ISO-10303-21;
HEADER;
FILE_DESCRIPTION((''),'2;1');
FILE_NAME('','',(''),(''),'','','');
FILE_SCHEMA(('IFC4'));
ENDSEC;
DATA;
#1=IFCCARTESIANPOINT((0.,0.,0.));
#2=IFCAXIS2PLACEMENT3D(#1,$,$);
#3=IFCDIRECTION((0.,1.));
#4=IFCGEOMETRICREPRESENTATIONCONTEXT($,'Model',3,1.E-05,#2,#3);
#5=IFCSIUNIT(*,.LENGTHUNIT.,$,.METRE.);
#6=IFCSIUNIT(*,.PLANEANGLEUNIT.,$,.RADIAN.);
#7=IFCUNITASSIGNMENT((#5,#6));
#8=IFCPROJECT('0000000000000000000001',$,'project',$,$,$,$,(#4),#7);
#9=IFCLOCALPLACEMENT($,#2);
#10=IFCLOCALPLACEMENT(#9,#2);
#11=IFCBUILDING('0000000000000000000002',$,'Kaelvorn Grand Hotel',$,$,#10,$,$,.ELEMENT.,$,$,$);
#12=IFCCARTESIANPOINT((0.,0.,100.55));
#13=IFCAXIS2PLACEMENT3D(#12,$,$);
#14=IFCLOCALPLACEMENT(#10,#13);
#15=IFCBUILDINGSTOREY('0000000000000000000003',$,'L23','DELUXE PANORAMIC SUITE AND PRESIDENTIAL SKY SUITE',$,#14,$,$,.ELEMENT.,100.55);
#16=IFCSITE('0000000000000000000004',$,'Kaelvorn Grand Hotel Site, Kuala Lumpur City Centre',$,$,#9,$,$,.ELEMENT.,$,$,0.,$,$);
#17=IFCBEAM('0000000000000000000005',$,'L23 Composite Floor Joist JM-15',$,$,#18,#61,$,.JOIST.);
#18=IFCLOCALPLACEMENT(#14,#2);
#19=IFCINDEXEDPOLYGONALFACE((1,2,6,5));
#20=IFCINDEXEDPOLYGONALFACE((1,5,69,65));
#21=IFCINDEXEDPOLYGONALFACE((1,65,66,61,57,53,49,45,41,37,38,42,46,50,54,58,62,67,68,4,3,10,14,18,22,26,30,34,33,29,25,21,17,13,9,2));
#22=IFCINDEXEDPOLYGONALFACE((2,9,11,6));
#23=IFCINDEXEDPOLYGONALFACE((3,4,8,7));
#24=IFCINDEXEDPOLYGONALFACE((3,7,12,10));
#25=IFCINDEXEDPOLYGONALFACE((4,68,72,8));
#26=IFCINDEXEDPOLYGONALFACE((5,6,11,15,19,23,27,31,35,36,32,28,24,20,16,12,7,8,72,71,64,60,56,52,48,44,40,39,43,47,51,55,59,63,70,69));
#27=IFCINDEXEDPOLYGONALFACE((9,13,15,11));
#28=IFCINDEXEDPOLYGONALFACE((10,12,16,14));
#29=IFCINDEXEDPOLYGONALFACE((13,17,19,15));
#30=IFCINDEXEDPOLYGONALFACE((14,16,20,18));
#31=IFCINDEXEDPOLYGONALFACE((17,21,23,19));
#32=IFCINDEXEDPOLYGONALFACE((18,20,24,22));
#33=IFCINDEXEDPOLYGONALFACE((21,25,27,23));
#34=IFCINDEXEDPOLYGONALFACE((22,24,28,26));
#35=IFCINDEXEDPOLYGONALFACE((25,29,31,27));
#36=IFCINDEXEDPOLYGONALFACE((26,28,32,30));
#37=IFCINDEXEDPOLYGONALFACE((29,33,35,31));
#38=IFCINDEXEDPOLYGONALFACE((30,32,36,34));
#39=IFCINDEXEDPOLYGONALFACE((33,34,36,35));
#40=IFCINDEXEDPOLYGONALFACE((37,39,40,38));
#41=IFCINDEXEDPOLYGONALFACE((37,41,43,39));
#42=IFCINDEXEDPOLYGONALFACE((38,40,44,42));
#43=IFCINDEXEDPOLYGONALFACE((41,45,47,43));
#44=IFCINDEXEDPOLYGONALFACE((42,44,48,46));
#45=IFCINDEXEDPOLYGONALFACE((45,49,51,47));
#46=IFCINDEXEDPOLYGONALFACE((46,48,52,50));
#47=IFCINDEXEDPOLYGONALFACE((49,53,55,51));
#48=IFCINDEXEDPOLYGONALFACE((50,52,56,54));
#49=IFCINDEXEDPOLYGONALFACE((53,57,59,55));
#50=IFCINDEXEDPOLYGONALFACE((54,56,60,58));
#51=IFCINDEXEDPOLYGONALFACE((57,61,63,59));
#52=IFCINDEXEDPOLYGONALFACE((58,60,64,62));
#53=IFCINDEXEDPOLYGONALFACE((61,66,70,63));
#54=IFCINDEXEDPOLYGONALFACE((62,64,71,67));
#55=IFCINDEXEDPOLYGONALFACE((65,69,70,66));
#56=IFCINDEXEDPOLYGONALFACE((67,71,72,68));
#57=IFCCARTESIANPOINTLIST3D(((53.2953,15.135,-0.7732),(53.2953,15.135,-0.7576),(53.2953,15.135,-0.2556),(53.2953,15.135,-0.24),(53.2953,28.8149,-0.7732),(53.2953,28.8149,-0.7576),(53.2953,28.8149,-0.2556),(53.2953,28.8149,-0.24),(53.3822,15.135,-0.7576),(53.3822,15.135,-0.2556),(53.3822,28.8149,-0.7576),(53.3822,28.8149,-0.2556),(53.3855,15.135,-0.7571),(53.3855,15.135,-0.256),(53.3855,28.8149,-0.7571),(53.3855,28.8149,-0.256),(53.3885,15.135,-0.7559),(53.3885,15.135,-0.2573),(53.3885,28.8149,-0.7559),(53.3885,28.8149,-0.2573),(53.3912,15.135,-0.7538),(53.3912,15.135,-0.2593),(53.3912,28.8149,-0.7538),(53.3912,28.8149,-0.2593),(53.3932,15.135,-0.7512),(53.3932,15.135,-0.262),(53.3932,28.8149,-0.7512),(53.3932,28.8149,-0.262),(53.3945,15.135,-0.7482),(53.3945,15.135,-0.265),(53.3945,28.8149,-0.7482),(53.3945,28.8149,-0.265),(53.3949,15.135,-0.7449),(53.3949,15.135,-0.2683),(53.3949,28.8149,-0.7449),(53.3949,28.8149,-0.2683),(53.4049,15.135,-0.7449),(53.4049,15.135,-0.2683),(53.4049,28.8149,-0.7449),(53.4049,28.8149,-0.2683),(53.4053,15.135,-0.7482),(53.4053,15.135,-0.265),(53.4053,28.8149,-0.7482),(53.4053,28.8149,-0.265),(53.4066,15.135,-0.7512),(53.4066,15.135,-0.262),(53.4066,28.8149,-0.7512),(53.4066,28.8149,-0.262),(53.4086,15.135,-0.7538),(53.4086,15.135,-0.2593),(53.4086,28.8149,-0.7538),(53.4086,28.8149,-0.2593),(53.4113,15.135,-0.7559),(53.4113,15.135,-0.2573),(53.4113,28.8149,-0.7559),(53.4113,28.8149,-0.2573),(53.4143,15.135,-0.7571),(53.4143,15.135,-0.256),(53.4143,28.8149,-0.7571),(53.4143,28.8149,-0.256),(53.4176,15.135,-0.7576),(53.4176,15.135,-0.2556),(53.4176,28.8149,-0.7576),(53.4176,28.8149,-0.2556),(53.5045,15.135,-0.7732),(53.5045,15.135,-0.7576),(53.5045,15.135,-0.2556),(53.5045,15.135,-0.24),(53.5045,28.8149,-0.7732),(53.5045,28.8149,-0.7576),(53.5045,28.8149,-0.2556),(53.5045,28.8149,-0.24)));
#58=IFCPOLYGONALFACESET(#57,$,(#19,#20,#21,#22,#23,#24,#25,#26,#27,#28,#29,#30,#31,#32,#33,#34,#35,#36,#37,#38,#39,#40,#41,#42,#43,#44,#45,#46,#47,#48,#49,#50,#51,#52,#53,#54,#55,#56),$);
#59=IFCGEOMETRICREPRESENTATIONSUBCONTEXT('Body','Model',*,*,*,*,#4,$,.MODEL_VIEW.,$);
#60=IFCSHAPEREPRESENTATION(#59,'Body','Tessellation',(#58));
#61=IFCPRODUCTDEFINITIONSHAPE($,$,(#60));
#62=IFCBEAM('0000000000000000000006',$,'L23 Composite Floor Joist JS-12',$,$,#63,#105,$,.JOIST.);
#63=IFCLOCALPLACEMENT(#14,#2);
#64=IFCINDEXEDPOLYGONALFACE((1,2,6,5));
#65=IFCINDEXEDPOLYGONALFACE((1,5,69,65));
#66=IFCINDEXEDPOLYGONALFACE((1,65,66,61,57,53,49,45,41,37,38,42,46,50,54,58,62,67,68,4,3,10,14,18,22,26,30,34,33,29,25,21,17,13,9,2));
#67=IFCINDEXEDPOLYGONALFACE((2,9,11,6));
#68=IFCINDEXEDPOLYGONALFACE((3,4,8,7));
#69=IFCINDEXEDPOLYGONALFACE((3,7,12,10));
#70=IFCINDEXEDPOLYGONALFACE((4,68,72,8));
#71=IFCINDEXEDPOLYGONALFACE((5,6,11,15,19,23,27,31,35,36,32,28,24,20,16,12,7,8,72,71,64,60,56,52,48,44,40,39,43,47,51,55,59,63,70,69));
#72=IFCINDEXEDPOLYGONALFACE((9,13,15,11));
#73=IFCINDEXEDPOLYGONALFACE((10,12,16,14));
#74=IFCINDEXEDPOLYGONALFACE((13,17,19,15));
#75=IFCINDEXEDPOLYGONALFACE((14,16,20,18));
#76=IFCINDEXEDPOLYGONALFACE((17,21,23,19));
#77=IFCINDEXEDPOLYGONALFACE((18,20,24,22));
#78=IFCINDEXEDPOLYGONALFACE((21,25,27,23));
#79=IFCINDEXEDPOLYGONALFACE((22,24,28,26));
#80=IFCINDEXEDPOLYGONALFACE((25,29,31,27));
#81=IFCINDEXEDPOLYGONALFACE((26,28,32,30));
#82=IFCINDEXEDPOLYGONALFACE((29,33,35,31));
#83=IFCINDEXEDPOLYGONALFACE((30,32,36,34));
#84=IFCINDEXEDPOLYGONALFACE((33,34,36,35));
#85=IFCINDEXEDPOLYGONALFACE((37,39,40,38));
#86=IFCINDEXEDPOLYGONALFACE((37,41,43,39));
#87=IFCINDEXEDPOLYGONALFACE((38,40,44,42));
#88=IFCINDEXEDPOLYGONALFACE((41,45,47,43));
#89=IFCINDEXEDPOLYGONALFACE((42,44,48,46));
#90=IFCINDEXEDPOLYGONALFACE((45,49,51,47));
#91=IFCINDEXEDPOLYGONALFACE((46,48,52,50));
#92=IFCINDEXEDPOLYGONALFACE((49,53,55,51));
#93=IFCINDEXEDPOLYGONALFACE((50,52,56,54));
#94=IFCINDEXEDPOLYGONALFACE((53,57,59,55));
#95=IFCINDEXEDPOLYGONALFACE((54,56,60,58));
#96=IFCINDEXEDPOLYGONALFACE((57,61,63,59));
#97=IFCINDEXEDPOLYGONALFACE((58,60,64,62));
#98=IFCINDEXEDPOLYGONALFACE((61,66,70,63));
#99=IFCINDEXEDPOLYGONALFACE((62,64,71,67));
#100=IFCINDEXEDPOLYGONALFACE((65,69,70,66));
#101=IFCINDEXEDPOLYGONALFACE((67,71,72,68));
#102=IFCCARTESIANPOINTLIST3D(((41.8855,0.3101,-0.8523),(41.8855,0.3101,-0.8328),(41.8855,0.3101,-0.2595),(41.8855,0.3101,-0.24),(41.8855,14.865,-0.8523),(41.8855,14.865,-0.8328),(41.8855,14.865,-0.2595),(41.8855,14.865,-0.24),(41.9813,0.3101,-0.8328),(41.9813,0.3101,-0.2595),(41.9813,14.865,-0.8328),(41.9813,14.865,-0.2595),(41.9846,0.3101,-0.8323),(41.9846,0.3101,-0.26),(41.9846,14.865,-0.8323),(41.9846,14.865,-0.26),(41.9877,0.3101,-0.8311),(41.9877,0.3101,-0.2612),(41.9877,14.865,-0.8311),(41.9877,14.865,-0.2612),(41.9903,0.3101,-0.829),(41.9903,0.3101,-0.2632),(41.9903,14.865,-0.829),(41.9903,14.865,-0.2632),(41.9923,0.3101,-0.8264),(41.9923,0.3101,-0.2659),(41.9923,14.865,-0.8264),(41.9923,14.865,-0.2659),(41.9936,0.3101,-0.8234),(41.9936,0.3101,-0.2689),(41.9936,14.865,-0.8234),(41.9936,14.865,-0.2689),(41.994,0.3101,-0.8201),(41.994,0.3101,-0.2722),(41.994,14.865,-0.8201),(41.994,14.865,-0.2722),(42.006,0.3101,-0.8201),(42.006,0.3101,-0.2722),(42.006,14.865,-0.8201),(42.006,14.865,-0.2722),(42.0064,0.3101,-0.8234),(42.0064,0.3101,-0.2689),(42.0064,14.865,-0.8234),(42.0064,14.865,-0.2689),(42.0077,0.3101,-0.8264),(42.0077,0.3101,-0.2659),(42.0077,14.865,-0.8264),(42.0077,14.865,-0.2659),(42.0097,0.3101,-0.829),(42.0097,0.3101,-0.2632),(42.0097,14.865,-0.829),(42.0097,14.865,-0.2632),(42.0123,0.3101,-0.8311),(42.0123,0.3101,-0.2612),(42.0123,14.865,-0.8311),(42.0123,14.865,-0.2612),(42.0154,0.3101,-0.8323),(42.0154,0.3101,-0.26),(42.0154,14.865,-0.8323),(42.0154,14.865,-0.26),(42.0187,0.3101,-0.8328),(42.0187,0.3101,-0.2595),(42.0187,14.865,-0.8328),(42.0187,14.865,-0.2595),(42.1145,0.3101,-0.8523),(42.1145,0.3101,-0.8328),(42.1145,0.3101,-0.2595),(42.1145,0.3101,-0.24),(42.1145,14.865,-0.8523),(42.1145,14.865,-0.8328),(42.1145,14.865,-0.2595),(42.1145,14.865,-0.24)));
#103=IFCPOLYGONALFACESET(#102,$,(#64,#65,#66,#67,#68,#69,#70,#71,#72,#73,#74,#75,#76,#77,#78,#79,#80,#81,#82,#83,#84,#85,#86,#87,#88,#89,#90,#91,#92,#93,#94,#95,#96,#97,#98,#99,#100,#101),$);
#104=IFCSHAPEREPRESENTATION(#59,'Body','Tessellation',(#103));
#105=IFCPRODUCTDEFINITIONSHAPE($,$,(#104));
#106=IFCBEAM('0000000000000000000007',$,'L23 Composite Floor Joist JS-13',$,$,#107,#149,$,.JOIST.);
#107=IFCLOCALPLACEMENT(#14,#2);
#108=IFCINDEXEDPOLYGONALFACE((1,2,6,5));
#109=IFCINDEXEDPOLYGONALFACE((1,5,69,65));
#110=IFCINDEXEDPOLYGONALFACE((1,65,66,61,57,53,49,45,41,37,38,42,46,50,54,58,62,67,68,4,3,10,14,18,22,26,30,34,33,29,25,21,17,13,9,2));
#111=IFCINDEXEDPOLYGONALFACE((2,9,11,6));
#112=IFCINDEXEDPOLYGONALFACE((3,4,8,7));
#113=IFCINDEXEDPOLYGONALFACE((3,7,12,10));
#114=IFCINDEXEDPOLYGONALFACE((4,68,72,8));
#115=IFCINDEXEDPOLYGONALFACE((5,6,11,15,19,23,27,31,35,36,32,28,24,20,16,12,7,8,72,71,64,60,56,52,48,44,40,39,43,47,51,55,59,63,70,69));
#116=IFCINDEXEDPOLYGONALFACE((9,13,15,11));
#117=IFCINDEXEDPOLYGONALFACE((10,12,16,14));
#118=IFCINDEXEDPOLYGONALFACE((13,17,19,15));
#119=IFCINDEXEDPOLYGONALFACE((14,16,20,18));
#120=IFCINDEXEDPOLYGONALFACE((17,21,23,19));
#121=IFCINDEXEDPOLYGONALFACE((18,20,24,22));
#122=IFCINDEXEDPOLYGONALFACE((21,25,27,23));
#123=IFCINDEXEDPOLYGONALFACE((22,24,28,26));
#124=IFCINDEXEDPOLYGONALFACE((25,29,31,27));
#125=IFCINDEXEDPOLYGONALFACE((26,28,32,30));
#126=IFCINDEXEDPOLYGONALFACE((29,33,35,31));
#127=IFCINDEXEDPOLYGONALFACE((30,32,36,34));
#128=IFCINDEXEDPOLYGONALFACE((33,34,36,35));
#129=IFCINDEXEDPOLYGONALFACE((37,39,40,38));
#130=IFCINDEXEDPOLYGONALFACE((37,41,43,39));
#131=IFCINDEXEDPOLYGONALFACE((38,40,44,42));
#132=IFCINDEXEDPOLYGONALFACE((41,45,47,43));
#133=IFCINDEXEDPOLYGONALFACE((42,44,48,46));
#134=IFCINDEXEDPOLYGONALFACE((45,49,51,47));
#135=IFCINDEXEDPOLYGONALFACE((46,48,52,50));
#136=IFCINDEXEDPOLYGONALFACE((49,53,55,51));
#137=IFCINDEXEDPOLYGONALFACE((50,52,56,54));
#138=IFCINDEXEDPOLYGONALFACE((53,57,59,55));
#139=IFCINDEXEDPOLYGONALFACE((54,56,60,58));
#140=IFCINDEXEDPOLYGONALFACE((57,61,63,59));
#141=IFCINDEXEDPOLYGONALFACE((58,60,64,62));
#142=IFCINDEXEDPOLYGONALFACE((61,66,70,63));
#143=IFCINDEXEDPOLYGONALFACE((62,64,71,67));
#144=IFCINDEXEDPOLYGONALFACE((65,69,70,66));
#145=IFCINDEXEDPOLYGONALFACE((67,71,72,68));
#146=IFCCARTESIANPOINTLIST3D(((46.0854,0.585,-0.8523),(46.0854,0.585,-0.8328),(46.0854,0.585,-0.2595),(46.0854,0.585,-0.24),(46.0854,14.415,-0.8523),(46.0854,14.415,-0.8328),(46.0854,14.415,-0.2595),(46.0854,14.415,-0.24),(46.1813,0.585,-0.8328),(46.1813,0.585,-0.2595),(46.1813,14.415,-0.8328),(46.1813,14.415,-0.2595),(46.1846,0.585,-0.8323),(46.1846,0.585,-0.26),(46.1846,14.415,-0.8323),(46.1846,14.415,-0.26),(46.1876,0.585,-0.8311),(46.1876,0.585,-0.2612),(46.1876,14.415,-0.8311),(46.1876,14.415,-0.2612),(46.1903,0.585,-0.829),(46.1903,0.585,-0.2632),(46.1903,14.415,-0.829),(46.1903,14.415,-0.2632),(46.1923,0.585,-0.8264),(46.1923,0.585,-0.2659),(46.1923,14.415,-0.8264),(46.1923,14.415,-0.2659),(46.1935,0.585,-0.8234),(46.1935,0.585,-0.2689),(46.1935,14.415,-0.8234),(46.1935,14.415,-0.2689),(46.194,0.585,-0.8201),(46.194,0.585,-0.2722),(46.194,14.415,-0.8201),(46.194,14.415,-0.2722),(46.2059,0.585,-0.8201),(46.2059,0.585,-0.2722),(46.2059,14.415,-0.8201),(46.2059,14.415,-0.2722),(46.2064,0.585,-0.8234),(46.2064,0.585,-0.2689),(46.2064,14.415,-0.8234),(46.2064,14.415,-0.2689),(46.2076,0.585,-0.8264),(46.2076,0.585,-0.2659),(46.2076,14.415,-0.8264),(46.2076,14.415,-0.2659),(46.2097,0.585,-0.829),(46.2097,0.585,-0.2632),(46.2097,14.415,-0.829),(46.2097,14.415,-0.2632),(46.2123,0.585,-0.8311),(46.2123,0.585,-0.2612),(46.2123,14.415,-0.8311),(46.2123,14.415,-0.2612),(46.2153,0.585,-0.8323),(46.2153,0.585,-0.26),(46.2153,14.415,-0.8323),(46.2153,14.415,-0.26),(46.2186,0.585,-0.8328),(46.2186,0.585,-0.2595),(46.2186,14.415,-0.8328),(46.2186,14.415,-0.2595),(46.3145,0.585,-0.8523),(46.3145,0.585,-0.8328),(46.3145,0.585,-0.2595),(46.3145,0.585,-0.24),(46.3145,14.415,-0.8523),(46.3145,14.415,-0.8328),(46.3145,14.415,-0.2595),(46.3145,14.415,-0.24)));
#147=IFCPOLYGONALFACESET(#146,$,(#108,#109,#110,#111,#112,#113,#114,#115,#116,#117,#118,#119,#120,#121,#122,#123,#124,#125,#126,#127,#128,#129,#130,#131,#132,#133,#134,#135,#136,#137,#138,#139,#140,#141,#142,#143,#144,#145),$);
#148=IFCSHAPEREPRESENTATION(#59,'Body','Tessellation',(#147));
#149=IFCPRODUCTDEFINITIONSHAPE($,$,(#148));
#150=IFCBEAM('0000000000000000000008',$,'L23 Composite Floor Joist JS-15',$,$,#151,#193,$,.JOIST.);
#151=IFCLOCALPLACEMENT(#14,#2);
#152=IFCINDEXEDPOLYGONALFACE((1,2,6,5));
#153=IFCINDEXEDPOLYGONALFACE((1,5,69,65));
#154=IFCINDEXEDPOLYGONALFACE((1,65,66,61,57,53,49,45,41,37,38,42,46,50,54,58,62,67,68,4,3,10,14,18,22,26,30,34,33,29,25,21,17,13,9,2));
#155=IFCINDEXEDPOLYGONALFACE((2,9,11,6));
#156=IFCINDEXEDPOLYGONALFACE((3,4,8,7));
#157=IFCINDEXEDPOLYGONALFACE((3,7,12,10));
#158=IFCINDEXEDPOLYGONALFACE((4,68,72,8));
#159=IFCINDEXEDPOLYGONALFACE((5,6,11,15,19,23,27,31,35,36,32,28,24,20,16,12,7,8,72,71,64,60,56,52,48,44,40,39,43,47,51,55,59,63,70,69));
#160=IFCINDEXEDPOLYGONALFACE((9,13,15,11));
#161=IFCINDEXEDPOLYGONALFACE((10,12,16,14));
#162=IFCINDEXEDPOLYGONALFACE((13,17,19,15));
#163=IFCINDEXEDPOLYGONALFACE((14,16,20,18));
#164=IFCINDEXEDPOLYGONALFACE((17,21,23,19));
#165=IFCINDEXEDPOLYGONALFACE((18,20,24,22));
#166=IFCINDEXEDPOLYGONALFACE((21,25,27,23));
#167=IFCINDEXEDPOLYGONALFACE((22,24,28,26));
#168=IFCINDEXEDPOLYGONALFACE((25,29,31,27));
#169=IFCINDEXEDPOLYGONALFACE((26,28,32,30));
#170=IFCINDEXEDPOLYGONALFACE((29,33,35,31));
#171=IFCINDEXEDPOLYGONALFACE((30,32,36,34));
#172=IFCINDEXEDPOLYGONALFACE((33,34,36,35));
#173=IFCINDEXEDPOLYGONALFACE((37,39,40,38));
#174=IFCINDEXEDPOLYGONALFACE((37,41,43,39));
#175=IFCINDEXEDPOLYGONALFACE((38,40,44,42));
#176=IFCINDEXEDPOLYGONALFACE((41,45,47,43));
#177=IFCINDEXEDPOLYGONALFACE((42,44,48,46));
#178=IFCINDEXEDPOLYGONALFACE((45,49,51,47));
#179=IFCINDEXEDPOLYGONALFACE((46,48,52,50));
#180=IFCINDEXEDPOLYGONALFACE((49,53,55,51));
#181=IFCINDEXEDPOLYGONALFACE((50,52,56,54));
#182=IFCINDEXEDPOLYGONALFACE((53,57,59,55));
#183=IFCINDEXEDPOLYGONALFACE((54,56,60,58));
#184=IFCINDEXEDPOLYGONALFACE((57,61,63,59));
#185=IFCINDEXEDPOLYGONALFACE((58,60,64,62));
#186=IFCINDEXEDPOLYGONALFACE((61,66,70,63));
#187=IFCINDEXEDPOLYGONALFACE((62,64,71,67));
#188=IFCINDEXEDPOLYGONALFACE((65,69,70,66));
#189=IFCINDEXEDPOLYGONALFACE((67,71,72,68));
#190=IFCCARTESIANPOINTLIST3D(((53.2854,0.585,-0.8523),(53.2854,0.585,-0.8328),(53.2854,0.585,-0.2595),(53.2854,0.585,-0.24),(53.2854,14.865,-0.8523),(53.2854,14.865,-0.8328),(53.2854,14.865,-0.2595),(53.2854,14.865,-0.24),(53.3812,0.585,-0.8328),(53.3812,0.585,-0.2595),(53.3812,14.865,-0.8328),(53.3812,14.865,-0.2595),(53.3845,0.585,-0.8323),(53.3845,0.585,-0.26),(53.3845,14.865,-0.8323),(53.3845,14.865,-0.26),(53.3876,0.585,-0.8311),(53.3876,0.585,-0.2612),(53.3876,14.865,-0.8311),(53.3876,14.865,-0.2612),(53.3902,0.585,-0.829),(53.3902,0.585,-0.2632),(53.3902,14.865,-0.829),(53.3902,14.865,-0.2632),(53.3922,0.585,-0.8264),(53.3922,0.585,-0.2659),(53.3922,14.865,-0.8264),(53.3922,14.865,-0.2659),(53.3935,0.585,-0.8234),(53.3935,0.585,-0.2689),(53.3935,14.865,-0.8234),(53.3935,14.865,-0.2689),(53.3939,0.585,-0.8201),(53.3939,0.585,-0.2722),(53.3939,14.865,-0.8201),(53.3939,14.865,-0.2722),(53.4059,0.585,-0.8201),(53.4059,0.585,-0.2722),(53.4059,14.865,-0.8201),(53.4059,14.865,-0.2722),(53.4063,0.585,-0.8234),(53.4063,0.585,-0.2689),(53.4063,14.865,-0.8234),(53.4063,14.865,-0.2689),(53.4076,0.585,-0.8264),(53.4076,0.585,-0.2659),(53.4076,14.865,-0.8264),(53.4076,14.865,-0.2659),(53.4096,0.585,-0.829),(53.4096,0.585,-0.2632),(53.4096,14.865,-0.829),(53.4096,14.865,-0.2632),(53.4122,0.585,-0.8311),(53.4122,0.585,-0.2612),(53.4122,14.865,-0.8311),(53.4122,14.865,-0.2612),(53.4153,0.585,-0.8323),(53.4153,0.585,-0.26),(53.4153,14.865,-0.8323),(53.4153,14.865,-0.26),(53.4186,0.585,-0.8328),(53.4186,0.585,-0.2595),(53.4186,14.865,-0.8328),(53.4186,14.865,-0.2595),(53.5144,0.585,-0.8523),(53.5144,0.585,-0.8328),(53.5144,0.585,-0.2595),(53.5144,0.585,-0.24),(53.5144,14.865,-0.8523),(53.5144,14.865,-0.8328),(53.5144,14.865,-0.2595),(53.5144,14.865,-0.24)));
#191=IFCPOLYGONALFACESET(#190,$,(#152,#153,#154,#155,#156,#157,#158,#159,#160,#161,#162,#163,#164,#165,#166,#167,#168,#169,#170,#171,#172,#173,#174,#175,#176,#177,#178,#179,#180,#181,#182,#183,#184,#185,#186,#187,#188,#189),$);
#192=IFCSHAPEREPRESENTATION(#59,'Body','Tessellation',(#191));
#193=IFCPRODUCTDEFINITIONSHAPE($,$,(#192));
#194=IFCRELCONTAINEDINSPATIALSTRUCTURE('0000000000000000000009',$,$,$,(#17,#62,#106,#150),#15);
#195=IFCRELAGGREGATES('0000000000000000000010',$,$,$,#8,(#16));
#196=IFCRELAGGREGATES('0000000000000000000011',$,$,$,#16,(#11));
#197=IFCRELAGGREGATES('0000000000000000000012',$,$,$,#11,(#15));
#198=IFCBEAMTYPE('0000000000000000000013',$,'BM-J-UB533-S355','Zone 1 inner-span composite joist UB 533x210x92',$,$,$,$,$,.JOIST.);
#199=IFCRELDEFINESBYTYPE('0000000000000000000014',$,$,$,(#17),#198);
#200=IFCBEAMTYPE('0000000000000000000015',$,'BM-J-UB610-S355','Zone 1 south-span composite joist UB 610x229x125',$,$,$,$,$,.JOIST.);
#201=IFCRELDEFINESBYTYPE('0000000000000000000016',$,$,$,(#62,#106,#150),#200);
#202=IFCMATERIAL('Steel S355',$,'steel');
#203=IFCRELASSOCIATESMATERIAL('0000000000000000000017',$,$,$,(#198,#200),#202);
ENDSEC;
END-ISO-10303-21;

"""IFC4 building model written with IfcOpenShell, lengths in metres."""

from ifc_helpers import new_model, si_unit, direction, frame, origin, origin_2d, place, context, subcontext, project, spatial, i_section, extrude, material, material_profile, profile_set, type_object, element, save


model = new_model("IFC4")

# Units and contexts
model_context = context("Model", 3, precision=1e-05, world=origin(), true_north=direction((0.0, 1.0)))
body_context = subcontext(model_context, "Body", "Model", "MODEL_VIEW")
ifc_project = project(units=[si_unit("LENGTHUNIT", "METRE"), si_unit("PLANEANGLEUNIT", "RADIAN")], contexts=[model_context])

# Site, building, storey
site_placement = place(None, origin())
site = spatial("IfcSite", under=ifc_project, at=site_placement, Name="Kaelvorn Grand Hotel Site, Kuala Lumpur City Centre", CompositionType="ELEMENT", RefElevation=0.0)
building_placement = place(site_placement, origin())
building = spatial("IfcBuilding", under=site, at=building_placement, Name="Kaelvorn Grand Hotel", CompositionType="ELEMENT")
storey_placement = place(building_placement, frame((0.0, 0.0, 100.55)))
storey = spatial("IfcBuildingStorey", under=building, at=storey_placement, Name="L23", Description="DELUXE PANORAMIC SUITE AND PRESIDENTIAL SKY SUITE", CompositionType="ELEMENT", Elevation=100.55)

# Beams
ifc_material_1 = material(Name="Steel S355", Category="steel")
ifc_material_profile_1 = material_profile(ifc_material_1, i_section(OverallWidth=0.2092, OverallDepth=0.5332, WebThickness=0.01, FlangeThickness=0.0156, FilletRadius=0.0127, at=origin_2d()), Name="UB 533x210x92")
ifc_profile_set_1 = profile_set([ifc_material_profile_1], Name="Steel S355")
beam_type_1 = type_object("IfcBeamType", Name="BM-J-UB533-S355", Description="Zone 1 inner-span composite joist UB 533x210x92", PredefinedType="JOIST", material=ifc_profile_set_1)
beam_1_placement = place(storey_placement, frame((53.3999, 15.135, -0.5066), z_axis=(0.0, 1.0, 0.0), x_axis=(-1.0, 0.0, 0.0)))
element("IfcBeam", 1, at=beam_1_placement, inside=storey, type_object=beam_type_1, Name="L23 Composite Floor Joist JM-15", PredefinedType="JOIST", context=body_context, shape_type="SweptSolid", body=[
    extrude(i_section(OverallWidth=0.2092, OverallDepth=0.5332, WebThickness=0.01, FlangeThickness=0.0156, FilletRadius=0.0127, at=origin_2d()), origin(), (0.0, 0.0, 1.0), 13.6799),
])
ifc_material_profile_2 = material_profile(ifc_material_1, i_section(OverallWidth=0.229, OverallDepth=0.6123, WebThickness=0.012, FlangeThickness=0.0195, FilletRadius=0.0127, at=origin_2d()), Name="UB 610x229x125")
ifc_profile_set_2 = profile_set([ifc_material_profile_2], Name="Steel S355")
beam_type_2 = type_object("IfcBeamType", Name="BM-J-UB610-S355", Description="Zone 1 south-span composite joist UB 610x229x125", PredefinedType="JOIST", material=ifc_profile_set_2)
beam_2_placement = place(storey_placement, frame((42.0, 0.3101, -0.5461), z_axis=(0.0, 1.0, 0.0), x_axis=(-1.0, 0.0, 0.0)))
element("IfcBeam", 2, at=beam_2_placement, inside=storey, type_object=beam_type_2, Name="L23 Composite Floor Joist JS-12", PredefinedType="JOIST", context=body_context, shape_type="SweptSolid", body=[
    extrude(i_section(OverallWidth=0.229, OverallDepth=0.6123, WebThickness=0.012, FlangeThickness=0.0195, FilletRadius=0.0127, at=origin_2d()), origin(), (0.0, 0.0, 1.0), 14.5549),
])
beam_3_placement = place(storey_placement, frame((46.2, 0.585, -0.5461), z_axis=(0.0, 1.0, 0.0), x_axis=(-1.0, 0.0, 0.0)))
element("IfcBeam", 3, at=beam_3_placement, inside=storey, type_object=beam_type_2, Name="L23 Composite Floor Joist JS-13", PredefinedType="JOIST", context=body_context, shape_type="SweptSolid", body=[
    extrude(i_section(OverallWidth=0.229, OverallDepth=0.6123, WebThickness=0.012, FlangeThickness=0.0195, FilletRadius=0.0127, at=origin_2d()), origin(), (0.0, 0.0, 1.0), 13.8301),
])
beam_4_placement = place(storey_placement, frame((53.3999, 0.585, -0.5461), z_axis=(0.0, 1.0, 0.0), x_axis=(-1.0, 0.0, 0.0)))
element("IfcBeam", 4, at=beam_4_placement, inside=storey, type_object=beam_type_2, Name="L23 Composite Floor Joist JS-15", PredefinedType="JOIST", context=body_context, shape_type="SweptSolid", body=[
    extrude(i_section(OverallWidth=0.229, OverallDepth=0.6123, WebThickness=0.012, FlangeThickness=0.0195, FilletRadius=0.0127, at=origin_2d()), origin(), (0.0, 0.0, 1.0), 14.28),
])

save(model, "model.ifc")
